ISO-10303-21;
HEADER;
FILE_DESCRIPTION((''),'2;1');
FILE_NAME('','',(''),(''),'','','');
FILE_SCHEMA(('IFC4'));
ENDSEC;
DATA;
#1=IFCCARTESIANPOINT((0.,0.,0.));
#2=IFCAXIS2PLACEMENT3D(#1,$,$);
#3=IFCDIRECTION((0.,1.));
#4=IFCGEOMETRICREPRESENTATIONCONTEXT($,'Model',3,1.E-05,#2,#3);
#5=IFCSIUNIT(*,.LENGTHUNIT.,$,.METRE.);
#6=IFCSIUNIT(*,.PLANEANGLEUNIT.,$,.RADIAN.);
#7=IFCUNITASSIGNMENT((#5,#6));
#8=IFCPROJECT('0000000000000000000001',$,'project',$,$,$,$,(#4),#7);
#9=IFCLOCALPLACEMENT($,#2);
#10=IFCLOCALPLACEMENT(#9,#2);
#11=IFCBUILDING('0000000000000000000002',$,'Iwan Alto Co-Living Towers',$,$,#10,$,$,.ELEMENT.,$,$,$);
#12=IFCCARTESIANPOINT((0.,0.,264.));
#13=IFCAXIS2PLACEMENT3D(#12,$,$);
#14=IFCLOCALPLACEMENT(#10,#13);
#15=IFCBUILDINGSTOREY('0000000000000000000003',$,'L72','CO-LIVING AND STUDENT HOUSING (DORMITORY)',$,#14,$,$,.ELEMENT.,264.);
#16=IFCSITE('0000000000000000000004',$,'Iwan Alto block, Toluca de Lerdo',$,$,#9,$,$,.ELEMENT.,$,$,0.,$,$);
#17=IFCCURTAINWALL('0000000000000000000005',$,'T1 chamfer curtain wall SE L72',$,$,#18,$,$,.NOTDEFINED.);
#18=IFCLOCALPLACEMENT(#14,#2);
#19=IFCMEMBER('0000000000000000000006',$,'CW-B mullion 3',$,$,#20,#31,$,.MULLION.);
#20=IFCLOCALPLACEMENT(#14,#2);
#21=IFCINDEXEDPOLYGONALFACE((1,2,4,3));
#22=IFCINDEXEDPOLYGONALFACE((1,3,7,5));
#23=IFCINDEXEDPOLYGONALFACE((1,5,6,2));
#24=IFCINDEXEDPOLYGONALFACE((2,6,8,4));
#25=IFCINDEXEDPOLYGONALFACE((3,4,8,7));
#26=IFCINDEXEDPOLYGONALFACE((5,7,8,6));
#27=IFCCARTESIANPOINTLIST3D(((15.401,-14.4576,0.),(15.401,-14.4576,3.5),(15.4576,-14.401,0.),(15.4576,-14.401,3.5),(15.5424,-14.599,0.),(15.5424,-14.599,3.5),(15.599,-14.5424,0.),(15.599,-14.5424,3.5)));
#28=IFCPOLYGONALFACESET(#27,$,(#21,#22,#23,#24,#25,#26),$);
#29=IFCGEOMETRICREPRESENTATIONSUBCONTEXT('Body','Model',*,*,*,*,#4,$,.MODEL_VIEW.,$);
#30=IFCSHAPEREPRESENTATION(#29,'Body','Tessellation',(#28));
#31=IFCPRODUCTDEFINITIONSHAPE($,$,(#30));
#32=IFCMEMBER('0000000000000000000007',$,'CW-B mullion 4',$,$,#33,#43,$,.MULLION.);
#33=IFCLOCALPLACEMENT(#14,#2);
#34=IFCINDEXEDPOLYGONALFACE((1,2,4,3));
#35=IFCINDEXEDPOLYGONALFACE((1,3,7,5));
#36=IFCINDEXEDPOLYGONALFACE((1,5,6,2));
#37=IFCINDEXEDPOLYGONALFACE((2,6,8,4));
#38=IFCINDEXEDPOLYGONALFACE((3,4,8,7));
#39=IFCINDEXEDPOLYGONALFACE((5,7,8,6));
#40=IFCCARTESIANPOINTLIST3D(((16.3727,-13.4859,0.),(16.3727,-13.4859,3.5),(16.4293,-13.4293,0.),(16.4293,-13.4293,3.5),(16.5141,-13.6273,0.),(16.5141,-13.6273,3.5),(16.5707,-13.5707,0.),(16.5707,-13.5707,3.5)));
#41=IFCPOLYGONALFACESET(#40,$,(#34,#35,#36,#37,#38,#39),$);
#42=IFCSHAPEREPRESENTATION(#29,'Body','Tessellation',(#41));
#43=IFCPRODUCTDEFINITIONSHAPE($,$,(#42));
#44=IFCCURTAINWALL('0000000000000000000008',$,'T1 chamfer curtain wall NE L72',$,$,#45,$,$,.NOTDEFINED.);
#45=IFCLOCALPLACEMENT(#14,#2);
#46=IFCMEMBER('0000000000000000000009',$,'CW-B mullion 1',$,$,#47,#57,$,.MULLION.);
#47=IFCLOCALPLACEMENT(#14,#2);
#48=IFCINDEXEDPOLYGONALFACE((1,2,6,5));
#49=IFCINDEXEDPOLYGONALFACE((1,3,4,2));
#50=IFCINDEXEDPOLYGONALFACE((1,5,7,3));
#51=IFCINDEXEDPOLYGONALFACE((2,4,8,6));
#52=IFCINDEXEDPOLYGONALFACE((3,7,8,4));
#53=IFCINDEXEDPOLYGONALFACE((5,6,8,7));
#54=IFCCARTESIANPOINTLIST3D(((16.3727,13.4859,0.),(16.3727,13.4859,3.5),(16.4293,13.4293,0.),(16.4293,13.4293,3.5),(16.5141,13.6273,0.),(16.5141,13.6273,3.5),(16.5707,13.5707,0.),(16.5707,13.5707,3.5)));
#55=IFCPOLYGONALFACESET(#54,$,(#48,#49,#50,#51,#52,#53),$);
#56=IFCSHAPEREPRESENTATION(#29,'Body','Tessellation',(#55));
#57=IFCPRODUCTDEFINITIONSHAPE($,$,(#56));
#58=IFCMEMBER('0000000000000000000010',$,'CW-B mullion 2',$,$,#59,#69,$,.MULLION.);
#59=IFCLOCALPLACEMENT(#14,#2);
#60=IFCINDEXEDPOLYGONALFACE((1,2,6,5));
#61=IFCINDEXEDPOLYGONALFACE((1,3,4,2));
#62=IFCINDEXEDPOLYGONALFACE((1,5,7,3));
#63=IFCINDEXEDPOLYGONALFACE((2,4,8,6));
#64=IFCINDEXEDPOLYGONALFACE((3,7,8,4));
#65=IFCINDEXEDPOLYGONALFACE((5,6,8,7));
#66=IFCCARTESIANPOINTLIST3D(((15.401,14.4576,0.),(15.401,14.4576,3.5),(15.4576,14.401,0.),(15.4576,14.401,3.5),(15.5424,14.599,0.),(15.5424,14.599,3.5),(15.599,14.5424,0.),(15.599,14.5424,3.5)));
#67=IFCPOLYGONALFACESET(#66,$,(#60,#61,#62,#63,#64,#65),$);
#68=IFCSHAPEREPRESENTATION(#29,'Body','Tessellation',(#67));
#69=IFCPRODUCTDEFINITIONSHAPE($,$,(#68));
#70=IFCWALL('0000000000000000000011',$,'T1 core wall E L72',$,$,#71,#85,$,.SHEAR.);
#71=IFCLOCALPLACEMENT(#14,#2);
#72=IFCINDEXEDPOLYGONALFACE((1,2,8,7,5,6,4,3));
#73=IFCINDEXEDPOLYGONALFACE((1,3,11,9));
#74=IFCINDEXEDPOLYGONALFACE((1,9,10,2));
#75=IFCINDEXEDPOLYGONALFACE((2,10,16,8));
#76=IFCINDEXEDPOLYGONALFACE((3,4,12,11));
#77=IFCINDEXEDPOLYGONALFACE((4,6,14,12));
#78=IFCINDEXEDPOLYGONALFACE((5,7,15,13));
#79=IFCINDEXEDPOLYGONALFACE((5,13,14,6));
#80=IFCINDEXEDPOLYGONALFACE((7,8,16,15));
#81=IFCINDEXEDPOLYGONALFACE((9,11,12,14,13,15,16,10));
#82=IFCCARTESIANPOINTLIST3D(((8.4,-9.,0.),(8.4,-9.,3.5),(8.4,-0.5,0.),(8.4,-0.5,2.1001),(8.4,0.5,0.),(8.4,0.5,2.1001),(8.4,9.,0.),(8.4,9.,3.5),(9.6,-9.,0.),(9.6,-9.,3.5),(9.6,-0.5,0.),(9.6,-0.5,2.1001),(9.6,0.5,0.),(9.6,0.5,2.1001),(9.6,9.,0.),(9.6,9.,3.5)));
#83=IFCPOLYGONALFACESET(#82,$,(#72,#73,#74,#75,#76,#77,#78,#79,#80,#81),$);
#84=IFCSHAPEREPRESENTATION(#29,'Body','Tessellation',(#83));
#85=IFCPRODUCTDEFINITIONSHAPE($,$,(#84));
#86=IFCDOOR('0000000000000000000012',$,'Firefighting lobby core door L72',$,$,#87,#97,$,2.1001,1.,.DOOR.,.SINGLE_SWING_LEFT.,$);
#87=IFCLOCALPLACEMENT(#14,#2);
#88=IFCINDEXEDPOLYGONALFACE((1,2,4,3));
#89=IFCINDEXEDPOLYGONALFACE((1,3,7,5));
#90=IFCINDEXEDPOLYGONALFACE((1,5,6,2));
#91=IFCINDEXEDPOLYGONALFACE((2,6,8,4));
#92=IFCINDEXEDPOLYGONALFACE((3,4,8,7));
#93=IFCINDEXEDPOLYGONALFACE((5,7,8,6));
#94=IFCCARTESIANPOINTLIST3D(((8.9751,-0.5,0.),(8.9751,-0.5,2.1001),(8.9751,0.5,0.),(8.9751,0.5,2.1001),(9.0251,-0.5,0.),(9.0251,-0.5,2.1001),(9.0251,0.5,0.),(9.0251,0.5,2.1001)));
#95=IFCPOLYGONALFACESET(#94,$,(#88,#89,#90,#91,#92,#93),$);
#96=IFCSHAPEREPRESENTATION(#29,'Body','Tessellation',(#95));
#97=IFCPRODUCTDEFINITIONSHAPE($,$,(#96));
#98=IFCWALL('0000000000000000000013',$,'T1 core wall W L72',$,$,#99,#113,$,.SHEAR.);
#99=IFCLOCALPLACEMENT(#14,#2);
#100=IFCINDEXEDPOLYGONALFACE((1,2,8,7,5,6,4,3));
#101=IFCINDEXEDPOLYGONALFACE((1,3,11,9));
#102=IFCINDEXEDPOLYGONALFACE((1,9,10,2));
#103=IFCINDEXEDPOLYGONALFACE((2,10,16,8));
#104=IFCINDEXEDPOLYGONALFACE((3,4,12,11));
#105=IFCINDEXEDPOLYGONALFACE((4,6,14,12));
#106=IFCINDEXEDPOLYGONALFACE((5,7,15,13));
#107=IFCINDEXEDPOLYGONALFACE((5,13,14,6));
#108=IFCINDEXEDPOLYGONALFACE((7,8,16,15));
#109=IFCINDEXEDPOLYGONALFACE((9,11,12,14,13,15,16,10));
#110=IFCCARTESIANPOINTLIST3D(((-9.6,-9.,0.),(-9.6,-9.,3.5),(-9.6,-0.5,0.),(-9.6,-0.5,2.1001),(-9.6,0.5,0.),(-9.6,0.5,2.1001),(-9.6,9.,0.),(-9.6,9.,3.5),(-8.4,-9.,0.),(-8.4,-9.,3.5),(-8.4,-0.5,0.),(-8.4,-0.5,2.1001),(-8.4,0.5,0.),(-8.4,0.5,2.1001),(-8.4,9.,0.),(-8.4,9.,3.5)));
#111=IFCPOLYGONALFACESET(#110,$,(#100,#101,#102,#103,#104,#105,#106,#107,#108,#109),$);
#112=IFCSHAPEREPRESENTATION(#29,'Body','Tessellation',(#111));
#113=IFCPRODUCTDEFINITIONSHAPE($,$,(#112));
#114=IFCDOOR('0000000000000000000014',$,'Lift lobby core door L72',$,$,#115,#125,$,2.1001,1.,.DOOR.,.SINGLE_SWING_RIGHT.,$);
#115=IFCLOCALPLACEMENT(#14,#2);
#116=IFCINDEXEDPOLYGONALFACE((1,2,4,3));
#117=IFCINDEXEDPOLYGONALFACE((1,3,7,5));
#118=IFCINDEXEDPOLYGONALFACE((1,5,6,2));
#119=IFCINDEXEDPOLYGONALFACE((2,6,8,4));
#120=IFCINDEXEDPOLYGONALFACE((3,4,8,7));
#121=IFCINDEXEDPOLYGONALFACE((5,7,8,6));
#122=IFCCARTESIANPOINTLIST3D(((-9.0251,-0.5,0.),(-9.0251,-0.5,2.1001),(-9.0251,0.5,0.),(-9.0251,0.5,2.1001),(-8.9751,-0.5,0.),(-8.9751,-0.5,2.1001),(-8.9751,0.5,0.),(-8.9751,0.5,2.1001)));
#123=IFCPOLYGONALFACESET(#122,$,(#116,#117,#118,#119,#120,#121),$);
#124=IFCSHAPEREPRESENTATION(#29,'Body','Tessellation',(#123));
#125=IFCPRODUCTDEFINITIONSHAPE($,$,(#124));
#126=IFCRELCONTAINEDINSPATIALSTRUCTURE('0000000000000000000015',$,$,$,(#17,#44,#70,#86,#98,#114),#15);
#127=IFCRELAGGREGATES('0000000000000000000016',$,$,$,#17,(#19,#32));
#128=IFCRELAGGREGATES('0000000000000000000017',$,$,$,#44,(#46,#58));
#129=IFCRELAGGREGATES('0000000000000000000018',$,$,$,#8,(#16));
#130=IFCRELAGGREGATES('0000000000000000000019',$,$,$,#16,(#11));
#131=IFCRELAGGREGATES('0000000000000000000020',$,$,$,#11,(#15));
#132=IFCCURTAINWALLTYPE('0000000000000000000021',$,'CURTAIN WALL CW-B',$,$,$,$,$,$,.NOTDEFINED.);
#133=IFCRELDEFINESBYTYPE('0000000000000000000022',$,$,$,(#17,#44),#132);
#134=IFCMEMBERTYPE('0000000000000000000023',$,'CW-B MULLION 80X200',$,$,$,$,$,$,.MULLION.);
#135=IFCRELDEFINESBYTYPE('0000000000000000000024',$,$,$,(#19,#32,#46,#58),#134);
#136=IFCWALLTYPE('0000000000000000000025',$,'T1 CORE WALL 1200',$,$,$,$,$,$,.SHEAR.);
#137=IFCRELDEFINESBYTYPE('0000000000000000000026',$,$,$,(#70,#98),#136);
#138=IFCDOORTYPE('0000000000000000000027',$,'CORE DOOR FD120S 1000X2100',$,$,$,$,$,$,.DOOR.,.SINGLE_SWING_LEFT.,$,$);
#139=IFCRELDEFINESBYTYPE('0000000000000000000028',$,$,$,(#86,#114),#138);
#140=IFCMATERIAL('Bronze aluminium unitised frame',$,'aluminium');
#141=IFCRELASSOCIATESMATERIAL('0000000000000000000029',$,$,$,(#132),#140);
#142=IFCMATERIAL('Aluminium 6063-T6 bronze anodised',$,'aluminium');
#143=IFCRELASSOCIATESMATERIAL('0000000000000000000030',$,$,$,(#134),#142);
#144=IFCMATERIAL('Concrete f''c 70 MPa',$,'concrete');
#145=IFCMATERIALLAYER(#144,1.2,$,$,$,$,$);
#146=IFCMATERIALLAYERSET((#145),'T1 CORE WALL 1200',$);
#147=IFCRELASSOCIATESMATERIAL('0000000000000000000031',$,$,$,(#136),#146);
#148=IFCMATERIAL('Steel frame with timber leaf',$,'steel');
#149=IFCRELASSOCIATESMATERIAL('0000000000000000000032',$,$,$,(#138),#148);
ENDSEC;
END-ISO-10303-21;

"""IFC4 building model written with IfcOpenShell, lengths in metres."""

from ifc_helpers import new_model, si_unit, direction, frame, frame_2d, origin, origin_2d, place, context, subcontext, project, spatial, rectangle, extrude, material, layer, layer_set, material_profile, profile_set, type_object, element, fill, aggregate, save


model = new_model("IFC4")

# Units and contexts
model_context = context("Model", 3, precision=1e-05, world=origin(), true_north=direction((0.0, 1.0)))
body_context = subcontext(model_context, "Body", "Model", "MODEL_VIEW")
ifc_project = project(units=[si_unit("LENGTHUNIT", "METRE"), si_unit("PLANEANGLEUNIT", "RADIAN")], contexts=[model_context])

# Site, building, storey
site_placement = place(None, origin())
site = spatial("IfcSite", under=ifc_project, at=site_placement, Name="Iwan Alto block, Toluca de Lerdo", CompositionType="ELEMENT", RefElevation=0.0)
building_placement = place(site_placement, origin())
building = spatial("IfcBuilding", under=site, at=building_placement, Name="Iwan Alto Co-Living Towers", CompositionType="ELEMENT")
storey_placement = place(building_placement, frame((0.0, 0.0, 264.0)))
storey = spatial("IfcBuildingStorey", under=building, at=storey_placement, Name="L72", Description="CO-LIVING AND STUDENT HOUSING (DORMITORY)", CompositionType="ELEMENT", Elevation=264.0)

# Curtain walls, members
ifc_material_1 = material(Name="Bronze aluminium unitised frame", Category="aluminium")
curtain_wall_type_1 = type_object("IfcCurtainWallType", Name="CURTAIN WALL CW-B", PredefinedType="NOTDEFINED", material=ifc_material_1)
curtain_wall_1_placement = place(storey_placement, origin())
curtain_wall_1 = element("IfcCurtainWall", 1, at=curtain_wall_1_placement, inside=storey, type_object=curtain_wall_type_1, Name="T1 chamfer curtain wall SE L72", PredefinedType="NOTDEFINED")
ifc_material_2 = material(Name="Aluminium 6063-T6 bronze anodised", Category="aluminium")
ifc_material_profile_1 = material_profile(ifc_material_2, rectangle(XDim=0.2, YDim=0.0801, at=origin_2d()), Name="AL 80X200")
ifc_profile_set_1 = profile_set([ifc_material_profile_1], Name="Aluminium 6063-T6 bronze anodised")
member_type_1 = type_object("IfcMemberType", Name="CW-B MULLION 80X200", PredefinedType="MULLION", material=ifc_profile_set_1)
member_1_placement = place(storey_placement, frame((15.5, -14.5, 0.0), z_axis=(0.0, 0.0, 1.0), x_axis=(-0.707107, 0.707107, 0.0)))
member_1 = element("IfcMember", 2, at=member_1_placement, type_object=member_type_1, Name="CW-B mullion 3", PredefinedType="MULLION", context=body_context, shape_type="SweptSolid", body=[
    extrude(rectangle(XDim=0.2, YDim=0.0801, at=origin_2d()), origin(), (0.0, 0.0, 1.0), 3.5),
])
member_2_placement = place(storey_placement, frame((16.4717, -13.5283, 0.0), z_axis=(0.0, 0.0, 1.0), x_axis=(-0.707107, 0.707107, 0.0)))
member_2 = element("IfcMember", 3, at=member_2_placement, type_object=member_type_1, Name="CW-B mullion 4", PredefinedType="MULLION", context=body_context, shape_type="SweptSolid", body=[
    extrude(rectangle(XDim=0.2, YDim=0.0801, at=origin_2d()), origin(), (0.0, 0.0, 1.0), 3.5),
])
aggregate(curtain_wall_1, [member_1, member_2])
curtain_wall_2_placement = place(storey_placement, origin())
curtain_wall_2 = element("IfcCurtainWall", 4, at=curtain_wall_2_placement, inside=storey, type_object=curtain_wall_type_1, Name="T1 chamfer curtain wall NE L72", PredefinedType="NOTDEFINED")
member_3_placement = place(storey_placement, frame((16.4717, 13.5283, 0.0), z_axis=(0.0, 0.0, 1.0), x_axis=(-0.707107, -0.707107, 0.0)))
member_3 = element("IfcMember", 5, at=member_3_placement, type_object=member_type_1, Name="CW-B mullion 1", PredefinedType="MULLION", context=body_context, shape_type="SweptSolid", body=[
    extrude(rectangle(XDim=0.2, YDim=0.0801, at=origin_2d()), origin(), (0.0, 0.0, 1.0), 3.5),
])
member_4_placement = place(storey_placement, frame((15.5, 14.5, 0.0), z_axis=(0.0, 0.0, 1.0), x_axis=(-0.707107, -0.707107, 0.0)))
member_4 = element("IfcMember", 6, at=member_4_placement, type_object=member_type_1, Name="CW-B mullion 2", PredefinedType="MULLION", context=body_context, shape_type="SweptSolid", body=[
    extrude(rectangle(XDim=0.2, YDim=0.0801, at=origin_2d()), origin(), (0.0, 0.0, 1.0), 3.5),
])
aggregate(curtain_wall_2, [member_3, member_4])

# Walls, openings, doors
ifc_material_3 = material(Name="Concrete f'c 70 MPa", Category="concrete")
ifc_layer = layer(ifc_material_3, 1.2)
ifc_layer_set = layer_set([ifc_layer], Name="T1 CORE WALL 1200")
wall_type = type_object("IfcWallType", Name="T1 CORE WALL 1200", PredefinedType="SHEAR", material=ifc_layer_set)
wall_1_placement = place(storey_placement, frame((9.0, -9.0, 0.0), z_axis=(0.0, 0.0, 1.0), x_axis=(0.0, 1.0, 0.0)))
wall_1 = element("IfcWall", 7, at=wall_1_placement, inside=storey, type_object=wall_type, Name="T1 core wall E L72", PredefinedType="SHEAR", context=body_context, shape_type="SweptSolid", body=[
    extrude(rectangle(XDim=18.0, YDim=1.2, at=frame_2d((9.0, 0.0))), origin(), (0.0, 0.0, 1.0), 3.5),
])
opening_1_placement = place(wall_1_placement, frame((8.5, 0.0, 0.0)))
opening_1 = element("IfcOpeningElement", 8, at=opening_1_placement, cuts=wall_1, PredefinedType="OPENING", context=body_context, shape_type="SweptSolid", body=[
    extrude(rectangle(XDim=1.0, YDim=2.1001, at=frame_2d((0.5, 1.05))), frame((0.0, 0.6099, 0.0), z_axis=(0.0, -1.0, 0.0), x_axis=(1.0, 0.0, 0.0)), (0.0, 0.0, 1.0), 1.22),
])
ifc_material_4 = material(Name="Steel frame with timber leaf", Category="steel")
door_type = type_object("IfcDoorType", Name="CORE DOOR FD120S 1000X2100", OperationType="SINGLE_SWING_LEFT", PredefinedType="DOOR", material=ifc_material_4)
door_1_placement = place(opening_1_placement, origin())
door_1 = element("IfcDoor", 9, at=door_1_placement, inside=storey, type_object=door_type, Name="Firefighting lobby core door L72", OperationType="SINGLE_SWING_LEFT", OverallHeight=2.1001, OverallWidth=1.0, PredefinedType="DOOR", context=body_context, shape_type="SweptSolid", body=[
    extrude(rectangle(XDim=1.0, YDim=2.1001, at=frame_2d((0.5, 1.05))), frame((0.0, 0.0249, 0.0), z_axis=(0.0, -1.0, 0.0), x_axis=(1.0, 0.0, 0.0)), (0.0, 0.0, 1.0), 0.05),
])
fill(opening_1, door_1)
wall_2_placement = place(storey_placement, frame((-9.0, 9.0, 0.0), z_axis=(0.0, 0.0, 1.0), x_axis=(0.0, -1.0, 0.0)))
wall_2 = element("IfcWall", 10, at=wall_2_placement, inside=storey, type_object=wall_type, Name="T1 core wall W L72", PredefinedType="SHEAR", context=body_context, shape_type="SweptSolid", body=[
    extrude(rectangle(XDim=18.0, YDim=1.2, at=frame_2d((9.0, 0.0))), origin(), (0.0, 0.0, 1.0), 3.5),
])
opening_2_placement = place(wall_2_placement, frame((8.5, 0.0, 0.0)))
opening_2 = element("IfcOpeningElement", 11, at=opening_2_placement, cuts=wall_2, PredefinedType="OPENING", context=body_context, shape_type="SweptSolid", body=[
    extrude(rectangle(XDim=1.0, YDim=2.1001, at=frame_2d((0.5, 1.05))), frame((0.0, 0.6099, 0.0), z_axis=(0.0, -1.0, 0.0), x_axis=(1.0, 0.0, 0.0)), (0.0, 0.0, 1.0), 1.22),
])
door_2_placement = place(opening_2_placement, origin())
door_2 = element("IfcDoor", 12, at=door_2_placement, inside=storey, type_object=door_type, Name="Lift lobby core door L72", OperationType="SINGLE_SWING_RIGHT", OverallHeight=2.1001, OverallWidth=1.0, PredefinedType="DOOR", context=body_context, shape_type="SweptSolid", body=[
    extrude(rectangle(XDim=1.0, YDim=2.1001, at=frame_2d((0.5, 1.05))), frame((0.0, 0.0249, 0.0), z_axis=(0.0, -1.0, 0.0), x_axis=(1.0, 0.0, 0.0)), (0.0, 0.0, 1.0), 0.05),
])
fill(opening_2, door_2)

save(model, "model.ifc")
